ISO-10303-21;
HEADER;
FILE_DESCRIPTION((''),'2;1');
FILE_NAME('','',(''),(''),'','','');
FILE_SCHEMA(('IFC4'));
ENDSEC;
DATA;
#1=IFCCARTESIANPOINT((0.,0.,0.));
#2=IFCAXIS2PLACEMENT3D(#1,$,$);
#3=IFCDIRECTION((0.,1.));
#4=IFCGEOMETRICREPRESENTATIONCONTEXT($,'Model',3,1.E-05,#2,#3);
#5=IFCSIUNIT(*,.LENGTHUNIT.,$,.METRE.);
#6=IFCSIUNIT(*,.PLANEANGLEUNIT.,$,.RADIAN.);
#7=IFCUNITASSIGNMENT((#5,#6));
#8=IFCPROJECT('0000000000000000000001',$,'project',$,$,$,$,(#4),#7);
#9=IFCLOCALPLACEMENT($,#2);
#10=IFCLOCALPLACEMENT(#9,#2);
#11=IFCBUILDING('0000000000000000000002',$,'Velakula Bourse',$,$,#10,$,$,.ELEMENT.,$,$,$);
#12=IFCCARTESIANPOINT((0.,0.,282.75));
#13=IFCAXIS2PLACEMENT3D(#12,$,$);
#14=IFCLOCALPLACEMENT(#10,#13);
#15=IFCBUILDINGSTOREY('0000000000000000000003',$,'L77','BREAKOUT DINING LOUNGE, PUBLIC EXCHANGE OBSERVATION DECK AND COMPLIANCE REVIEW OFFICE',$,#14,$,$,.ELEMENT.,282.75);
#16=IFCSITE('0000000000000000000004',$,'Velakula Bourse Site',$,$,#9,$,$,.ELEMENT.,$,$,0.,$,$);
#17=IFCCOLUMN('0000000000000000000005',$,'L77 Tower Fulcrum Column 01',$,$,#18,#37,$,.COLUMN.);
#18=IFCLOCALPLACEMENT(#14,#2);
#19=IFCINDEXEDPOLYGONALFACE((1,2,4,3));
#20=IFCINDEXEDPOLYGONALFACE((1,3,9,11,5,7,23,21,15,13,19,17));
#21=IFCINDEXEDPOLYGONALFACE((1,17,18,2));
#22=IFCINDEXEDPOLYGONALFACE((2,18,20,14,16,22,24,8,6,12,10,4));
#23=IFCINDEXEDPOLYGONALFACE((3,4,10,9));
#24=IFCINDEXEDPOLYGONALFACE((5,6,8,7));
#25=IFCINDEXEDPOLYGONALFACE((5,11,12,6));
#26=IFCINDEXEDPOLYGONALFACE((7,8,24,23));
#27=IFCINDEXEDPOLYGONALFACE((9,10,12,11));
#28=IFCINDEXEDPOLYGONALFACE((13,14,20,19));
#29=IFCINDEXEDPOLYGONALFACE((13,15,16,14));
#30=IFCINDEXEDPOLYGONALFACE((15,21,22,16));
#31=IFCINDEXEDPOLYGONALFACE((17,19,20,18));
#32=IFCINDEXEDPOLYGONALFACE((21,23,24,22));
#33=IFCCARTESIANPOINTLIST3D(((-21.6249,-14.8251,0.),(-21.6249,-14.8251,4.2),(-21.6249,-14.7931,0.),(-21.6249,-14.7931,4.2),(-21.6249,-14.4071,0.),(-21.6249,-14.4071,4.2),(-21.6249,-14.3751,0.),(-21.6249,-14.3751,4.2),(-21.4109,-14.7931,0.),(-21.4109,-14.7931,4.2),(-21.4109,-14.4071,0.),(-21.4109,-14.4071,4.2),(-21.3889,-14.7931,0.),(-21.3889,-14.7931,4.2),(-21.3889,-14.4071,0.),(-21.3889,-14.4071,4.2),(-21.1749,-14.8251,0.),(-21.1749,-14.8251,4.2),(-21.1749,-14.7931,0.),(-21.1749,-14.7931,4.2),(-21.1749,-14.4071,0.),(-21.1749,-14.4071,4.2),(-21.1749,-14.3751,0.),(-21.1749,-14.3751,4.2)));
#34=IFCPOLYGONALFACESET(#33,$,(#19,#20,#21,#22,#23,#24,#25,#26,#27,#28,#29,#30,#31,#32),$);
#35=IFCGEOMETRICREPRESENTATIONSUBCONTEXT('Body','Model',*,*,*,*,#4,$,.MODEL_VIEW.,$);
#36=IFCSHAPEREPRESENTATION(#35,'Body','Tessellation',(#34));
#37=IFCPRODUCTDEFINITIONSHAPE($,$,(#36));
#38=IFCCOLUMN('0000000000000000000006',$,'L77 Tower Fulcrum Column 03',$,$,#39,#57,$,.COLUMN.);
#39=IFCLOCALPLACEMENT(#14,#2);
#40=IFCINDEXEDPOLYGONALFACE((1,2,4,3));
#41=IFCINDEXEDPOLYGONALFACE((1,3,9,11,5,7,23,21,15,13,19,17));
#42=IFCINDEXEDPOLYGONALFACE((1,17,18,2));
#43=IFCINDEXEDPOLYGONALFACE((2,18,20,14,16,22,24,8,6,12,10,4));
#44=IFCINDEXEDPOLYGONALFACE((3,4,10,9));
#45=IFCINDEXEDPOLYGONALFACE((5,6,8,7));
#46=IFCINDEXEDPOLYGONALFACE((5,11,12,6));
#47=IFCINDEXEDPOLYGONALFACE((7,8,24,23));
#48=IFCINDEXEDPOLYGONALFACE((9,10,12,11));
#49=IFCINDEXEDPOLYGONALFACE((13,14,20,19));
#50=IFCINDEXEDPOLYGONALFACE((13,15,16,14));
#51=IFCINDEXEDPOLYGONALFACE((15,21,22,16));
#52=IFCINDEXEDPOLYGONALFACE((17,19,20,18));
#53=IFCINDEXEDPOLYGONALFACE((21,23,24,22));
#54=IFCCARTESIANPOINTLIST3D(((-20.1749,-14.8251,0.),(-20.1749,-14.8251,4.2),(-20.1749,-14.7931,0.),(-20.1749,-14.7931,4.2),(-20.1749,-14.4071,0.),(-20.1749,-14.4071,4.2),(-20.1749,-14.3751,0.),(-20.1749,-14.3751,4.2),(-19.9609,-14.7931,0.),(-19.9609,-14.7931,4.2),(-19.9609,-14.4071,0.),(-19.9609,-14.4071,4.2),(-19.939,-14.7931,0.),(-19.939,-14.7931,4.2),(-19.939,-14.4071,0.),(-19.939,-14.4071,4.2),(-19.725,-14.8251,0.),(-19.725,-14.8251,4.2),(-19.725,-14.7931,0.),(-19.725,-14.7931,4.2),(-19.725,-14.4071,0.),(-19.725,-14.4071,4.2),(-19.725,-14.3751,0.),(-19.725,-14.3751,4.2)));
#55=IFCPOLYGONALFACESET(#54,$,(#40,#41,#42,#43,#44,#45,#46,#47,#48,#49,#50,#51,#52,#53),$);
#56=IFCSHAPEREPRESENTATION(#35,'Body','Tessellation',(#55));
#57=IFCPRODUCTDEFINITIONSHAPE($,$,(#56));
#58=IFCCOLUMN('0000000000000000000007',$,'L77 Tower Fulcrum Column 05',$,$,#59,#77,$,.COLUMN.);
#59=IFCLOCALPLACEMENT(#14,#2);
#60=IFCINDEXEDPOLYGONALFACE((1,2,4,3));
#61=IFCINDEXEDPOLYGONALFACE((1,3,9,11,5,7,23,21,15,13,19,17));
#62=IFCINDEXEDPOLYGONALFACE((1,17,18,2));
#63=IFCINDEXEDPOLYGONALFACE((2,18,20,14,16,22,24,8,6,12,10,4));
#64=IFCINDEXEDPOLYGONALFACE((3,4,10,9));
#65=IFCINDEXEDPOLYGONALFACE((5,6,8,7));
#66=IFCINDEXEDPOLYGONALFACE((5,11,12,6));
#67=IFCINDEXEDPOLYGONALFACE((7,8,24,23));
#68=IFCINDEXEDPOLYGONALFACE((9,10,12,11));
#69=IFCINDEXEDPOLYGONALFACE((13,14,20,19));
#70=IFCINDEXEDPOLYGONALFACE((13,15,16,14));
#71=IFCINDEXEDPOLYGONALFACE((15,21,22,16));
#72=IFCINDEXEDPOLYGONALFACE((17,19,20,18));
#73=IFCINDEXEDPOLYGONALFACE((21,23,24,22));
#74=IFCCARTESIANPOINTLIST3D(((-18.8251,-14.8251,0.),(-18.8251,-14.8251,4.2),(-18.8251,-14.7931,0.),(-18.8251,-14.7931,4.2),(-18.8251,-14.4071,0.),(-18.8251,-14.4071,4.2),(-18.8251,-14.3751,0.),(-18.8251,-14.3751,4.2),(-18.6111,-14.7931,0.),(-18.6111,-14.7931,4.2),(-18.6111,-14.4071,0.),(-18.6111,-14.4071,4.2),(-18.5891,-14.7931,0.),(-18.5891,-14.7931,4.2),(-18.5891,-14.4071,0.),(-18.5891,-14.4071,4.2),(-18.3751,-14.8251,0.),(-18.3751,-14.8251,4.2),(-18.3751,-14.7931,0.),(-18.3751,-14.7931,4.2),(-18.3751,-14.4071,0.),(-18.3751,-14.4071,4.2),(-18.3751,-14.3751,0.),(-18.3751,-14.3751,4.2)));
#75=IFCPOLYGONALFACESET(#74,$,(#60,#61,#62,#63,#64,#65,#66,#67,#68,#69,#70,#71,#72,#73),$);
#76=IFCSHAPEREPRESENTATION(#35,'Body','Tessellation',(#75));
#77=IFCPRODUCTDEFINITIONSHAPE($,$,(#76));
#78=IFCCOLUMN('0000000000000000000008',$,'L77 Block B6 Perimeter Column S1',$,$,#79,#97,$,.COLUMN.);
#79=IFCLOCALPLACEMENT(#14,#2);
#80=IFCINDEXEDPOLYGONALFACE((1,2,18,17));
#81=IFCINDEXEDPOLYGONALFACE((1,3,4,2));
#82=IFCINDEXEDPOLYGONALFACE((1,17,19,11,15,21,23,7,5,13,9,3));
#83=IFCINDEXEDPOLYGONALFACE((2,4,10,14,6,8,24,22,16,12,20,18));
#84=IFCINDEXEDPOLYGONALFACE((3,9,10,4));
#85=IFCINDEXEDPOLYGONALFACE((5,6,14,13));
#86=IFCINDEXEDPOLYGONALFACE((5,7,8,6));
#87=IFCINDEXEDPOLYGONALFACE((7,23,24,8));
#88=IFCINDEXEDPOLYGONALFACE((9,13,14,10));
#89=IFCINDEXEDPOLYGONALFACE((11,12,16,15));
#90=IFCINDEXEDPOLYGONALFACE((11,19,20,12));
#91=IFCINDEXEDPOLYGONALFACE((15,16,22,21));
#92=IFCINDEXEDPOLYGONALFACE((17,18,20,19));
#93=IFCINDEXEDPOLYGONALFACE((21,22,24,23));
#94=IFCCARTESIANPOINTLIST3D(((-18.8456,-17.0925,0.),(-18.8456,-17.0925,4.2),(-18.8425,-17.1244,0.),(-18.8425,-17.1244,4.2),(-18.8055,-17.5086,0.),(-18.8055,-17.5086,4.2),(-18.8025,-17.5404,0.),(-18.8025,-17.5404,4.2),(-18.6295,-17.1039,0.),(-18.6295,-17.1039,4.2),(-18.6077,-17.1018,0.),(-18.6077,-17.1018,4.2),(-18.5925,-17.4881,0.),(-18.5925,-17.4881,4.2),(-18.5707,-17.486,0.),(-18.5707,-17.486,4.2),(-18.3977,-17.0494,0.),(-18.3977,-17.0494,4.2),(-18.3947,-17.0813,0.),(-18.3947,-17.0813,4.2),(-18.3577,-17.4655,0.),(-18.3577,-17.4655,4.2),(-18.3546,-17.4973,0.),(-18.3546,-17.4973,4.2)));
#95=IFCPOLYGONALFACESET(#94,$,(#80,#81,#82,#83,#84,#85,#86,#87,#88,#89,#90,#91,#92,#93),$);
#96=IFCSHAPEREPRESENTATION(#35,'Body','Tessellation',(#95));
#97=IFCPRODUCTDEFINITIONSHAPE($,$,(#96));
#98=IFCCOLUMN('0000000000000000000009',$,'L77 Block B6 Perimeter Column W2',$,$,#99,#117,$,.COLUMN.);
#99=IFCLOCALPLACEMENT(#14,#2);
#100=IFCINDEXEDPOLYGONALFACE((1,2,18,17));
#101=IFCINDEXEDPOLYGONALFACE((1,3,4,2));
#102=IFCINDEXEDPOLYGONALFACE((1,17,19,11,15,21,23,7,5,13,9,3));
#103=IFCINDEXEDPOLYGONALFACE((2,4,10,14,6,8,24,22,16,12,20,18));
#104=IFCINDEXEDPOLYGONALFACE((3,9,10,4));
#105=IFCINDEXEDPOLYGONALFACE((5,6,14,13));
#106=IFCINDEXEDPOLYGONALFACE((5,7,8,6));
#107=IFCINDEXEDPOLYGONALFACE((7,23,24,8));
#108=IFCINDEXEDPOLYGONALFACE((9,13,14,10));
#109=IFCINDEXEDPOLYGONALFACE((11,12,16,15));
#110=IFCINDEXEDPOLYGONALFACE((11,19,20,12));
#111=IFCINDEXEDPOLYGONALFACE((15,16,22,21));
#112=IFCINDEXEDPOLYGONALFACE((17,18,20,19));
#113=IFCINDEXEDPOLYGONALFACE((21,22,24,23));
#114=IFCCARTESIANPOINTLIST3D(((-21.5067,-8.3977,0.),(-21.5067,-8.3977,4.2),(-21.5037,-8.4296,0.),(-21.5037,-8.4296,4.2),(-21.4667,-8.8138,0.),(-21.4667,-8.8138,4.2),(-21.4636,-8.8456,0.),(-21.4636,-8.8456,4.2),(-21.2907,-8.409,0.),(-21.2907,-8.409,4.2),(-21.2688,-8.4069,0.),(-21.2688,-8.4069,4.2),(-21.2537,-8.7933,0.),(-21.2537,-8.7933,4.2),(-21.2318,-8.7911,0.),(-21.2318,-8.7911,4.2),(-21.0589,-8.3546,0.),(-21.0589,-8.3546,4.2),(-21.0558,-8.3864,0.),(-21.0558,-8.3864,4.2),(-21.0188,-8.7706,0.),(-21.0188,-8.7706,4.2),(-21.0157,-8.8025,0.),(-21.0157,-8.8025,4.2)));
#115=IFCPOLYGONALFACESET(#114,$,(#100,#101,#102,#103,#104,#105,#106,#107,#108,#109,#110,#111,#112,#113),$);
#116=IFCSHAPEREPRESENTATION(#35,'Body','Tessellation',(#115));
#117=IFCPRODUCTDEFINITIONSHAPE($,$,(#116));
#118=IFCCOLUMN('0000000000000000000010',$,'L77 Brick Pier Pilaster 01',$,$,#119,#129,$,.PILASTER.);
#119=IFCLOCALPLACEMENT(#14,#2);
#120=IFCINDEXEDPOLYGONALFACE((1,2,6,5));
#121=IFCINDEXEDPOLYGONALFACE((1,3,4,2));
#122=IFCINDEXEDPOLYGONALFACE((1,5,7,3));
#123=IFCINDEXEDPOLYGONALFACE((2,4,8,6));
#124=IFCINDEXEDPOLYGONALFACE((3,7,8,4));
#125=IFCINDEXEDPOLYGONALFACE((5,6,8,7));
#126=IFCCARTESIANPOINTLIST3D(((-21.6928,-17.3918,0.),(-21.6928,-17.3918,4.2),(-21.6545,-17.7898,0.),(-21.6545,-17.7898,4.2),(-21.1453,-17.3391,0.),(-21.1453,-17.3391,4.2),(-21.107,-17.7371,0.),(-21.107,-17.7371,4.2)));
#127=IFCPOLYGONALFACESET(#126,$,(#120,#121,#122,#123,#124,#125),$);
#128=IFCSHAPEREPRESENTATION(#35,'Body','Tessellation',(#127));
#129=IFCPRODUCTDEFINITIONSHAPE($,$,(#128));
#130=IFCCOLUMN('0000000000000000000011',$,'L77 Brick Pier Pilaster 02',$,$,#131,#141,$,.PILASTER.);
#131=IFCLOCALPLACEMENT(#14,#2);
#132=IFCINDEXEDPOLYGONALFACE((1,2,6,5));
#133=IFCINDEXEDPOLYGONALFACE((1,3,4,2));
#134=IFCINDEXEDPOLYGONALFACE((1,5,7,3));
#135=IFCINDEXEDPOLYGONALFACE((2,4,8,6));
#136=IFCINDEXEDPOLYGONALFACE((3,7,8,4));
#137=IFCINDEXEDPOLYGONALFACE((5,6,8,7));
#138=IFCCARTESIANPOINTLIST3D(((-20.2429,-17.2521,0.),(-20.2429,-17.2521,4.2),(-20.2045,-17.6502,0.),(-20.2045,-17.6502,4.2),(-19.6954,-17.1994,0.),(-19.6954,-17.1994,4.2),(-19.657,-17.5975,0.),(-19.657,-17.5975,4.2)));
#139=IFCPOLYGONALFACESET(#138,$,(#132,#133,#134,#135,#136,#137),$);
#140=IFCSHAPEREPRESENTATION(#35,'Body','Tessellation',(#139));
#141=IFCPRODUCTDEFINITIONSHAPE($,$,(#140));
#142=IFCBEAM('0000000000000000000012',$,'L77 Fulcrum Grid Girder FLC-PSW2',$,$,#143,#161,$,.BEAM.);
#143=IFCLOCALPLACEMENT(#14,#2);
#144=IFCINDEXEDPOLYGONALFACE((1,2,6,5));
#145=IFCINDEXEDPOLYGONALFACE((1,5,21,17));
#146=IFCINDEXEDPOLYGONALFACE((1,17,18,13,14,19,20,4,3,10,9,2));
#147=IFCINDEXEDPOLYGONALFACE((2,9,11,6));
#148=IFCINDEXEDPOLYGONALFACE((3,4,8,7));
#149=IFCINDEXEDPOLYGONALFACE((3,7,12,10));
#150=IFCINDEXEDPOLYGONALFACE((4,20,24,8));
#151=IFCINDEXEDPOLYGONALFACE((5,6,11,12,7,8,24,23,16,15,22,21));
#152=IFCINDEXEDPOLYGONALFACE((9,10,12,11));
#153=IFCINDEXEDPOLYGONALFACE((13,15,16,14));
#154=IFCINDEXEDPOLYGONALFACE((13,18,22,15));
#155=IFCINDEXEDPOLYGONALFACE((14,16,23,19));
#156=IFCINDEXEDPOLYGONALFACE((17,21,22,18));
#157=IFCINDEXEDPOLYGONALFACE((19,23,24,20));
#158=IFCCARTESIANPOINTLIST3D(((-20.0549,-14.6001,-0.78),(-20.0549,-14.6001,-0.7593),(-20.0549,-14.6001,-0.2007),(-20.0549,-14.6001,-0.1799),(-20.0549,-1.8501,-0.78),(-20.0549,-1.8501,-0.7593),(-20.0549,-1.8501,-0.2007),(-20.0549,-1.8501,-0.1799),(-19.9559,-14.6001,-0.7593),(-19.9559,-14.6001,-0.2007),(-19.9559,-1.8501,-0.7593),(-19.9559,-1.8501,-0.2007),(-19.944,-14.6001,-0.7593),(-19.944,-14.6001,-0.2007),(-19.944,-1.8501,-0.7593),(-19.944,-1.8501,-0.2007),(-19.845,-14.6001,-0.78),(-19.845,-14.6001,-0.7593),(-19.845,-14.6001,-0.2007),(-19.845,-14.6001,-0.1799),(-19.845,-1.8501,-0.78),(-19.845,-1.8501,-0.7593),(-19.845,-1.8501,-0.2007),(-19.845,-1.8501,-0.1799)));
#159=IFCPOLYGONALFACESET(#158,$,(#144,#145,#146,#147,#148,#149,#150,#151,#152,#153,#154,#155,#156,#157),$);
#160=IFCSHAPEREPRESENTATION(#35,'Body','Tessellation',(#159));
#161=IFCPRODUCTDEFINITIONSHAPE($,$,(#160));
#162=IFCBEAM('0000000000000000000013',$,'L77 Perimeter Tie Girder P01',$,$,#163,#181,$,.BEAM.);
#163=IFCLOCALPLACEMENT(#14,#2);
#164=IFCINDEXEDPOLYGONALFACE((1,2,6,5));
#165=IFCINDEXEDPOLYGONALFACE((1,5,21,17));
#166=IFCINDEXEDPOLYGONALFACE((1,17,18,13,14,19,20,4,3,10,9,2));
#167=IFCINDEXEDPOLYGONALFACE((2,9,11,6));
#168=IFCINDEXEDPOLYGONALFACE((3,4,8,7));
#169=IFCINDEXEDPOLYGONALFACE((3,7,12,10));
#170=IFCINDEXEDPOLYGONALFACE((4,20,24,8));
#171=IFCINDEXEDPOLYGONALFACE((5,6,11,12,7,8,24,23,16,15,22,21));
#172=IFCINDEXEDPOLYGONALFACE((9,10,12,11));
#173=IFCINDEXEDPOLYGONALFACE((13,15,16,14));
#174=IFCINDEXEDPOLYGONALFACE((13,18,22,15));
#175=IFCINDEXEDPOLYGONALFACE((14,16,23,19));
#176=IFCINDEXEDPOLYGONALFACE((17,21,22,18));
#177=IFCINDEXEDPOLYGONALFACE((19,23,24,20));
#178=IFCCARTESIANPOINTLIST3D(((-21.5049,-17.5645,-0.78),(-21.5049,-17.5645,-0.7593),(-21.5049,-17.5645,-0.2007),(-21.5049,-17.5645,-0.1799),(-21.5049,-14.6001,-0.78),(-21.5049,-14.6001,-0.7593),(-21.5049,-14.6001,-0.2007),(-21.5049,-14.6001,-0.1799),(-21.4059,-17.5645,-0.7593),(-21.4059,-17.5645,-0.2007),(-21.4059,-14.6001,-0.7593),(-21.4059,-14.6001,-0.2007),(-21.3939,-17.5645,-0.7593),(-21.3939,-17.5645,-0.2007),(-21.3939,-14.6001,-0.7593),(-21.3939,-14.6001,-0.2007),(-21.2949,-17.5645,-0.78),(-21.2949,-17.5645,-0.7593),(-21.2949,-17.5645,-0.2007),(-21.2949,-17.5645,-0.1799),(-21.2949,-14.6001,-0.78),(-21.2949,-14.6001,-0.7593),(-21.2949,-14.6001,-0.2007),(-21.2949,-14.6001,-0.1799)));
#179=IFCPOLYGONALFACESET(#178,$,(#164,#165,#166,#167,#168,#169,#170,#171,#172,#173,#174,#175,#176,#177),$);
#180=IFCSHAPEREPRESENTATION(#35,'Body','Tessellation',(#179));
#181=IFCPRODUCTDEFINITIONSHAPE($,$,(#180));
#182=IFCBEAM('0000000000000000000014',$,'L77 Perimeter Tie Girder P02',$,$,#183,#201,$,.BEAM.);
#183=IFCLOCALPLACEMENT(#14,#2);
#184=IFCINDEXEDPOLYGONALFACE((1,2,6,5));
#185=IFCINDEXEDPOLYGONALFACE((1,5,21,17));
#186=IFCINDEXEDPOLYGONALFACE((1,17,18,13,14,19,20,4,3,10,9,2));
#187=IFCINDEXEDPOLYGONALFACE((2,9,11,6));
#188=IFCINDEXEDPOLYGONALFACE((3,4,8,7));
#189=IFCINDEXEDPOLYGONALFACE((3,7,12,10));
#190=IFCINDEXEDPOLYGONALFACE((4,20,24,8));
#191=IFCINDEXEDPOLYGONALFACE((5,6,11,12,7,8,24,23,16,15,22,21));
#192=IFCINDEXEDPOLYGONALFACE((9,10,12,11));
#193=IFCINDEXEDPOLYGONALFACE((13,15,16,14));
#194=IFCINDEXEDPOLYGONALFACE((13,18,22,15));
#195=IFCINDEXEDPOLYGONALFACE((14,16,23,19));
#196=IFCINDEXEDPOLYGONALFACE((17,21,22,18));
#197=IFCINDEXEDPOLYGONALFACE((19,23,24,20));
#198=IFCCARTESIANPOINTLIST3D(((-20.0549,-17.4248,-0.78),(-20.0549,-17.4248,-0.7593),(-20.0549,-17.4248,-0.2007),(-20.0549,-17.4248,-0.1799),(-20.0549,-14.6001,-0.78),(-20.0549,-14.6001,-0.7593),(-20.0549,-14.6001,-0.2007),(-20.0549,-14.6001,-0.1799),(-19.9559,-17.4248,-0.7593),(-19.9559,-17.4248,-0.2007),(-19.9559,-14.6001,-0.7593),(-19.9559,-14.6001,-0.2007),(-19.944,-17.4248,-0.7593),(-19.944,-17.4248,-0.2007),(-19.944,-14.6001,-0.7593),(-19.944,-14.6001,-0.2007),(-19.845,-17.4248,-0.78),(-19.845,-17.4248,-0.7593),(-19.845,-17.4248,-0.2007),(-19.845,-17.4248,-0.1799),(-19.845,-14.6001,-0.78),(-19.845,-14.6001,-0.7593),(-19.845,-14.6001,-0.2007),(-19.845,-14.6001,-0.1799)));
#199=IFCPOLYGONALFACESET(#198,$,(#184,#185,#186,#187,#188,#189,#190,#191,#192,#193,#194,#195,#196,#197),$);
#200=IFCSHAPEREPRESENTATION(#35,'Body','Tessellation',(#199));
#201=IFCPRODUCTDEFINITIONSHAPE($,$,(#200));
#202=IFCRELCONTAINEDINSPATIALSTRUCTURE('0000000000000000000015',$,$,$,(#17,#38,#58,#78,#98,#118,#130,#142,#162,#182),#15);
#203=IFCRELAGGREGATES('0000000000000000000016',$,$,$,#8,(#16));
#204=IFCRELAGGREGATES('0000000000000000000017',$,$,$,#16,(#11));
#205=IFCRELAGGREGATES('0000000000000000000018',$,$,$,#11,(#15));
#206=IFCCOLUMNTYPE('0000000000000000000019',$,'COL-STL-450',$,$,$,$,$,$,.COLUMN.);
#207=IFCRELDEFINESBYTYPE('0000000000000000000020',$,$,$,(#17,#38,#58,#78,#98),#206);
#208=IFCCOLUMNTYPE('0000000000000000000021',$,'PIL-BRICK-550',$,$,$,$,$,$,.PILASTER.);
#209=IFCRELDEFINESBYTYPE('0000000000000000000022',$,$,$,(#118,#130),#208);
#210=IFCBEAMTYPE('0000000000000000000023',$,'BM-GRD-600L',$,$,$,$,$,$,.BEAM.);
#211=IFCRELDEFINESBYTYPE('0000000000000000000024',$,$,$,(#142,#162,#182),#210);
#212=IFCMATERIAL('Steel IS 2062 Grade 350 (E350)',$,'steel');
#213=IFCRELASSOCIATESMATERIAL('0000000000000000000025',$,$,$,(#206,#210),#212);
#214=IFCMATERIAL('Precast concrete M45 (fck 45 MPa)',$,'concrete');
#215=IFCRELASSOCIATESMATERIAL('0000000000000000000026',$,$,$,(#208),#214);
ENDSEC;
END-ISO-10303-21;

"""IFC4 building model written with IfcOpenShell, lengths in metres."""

from ifc_helpers import new_model, si_unit, direction, frame, origin, origin_2d, place, context, subcontext, project, spatial, rectangle, i_section, extrude, material, material_profile, profile_set, type_object, element, save


model = new_model("IFC4")

# Units and contexts
model_context = context("Model", 3, precision=1e-05, world=origin(), true_north=direction((0.0, 1.0)))
body_context = subcontext(model_context, "Body", "Model", "MODEL_VIEW")
ifc_project = project(units=[si_unit("LENGTHUNIT", "METRE"), si_unit("PLANEANGLEUNIT", "RADIAN")], contexts=[model_context])

# Site, building, storey
site_placement = place(None, origin())
site = spatial("IfcSite", under=ifc_project, at=site_placement, Name="Velakula Bourse Site", CompositionType="ELEMENT", RefElevation=0.0)
building_placement = place(site_placement, origin())
building = spatial("IfcBuilding", under=site, at=building_placement, Name="Velakula Bourse", CompositionType="ELEMENT")
storey_placement = place(building_placement, frame((0.0, 0.0, 282.75)))
storey = spatial("IfcBuildingStorey", under=building, at=storey_placement, Name="L77", Description="BREAKOUT DINING LOUNGE, PUBLIC EXCHANGE OBSERVATION DECK AND COMPLIANCE REVIEW OFFICE", CompositionType="ELEMENT", Elevation=282.75)

# Columns
ifc_material_1 = material(Name="Steel IS 2062 Grade 350 (E350)", Category="steel")
ifc_material_profile_1 = material_profile(ifc_material_1, i_section(OverallWidth=0.45, OverallDepth=0.45, WebThickness=0.022, FlangeThickness=0.032, at=origin_2d()), Name="Steel IS 2062 Grade 350 (E350)")
ifc_profile_set_1 = profile_set([ifc_material_profile_1], Name="Steel IS 2062 Grade 350 (E350)")
column_type_1 = type_object("IfcColumnType", Name="COL-STL-450", PredefinedType="COLUMN", material=ifc_profile_set_1)
for number, where, z_axis, x_axis, name in (
    (1, (-21.3999, -14.6001, 0.0), (0.0, 0.0, 1.0), (1.0, 0.0, 0.0), "L77 Tower Fulcrum Column 01"),
    (2, (-19.95, -14.6001, 0.0), (0.0, 0.0, 1.0), (1.0, 0.0, 0.0), "L77 Tower Fulcrum Column 03"),
    (3, (-18.6001, -14.6001, 0.0), (0.0, 0.0, 1.0), (1.0, 0.0, 0.0), "L77 Tower Fulcrum Column 05"),
    (4, (-18.6001, -17.2949, 0.0), (0.0, 0.0, 1.0), (0.995396, 0.095846, 0.0), "L77 Block B6 Perimeter Column S1"),
    (5, (-21.2612, -8.6001, 0.0), (0.0, 0.0, 1.0), (0.995396, 0.095846, 0.0), "L77 Block B6 Perimeter Column W2"),
):
    element("IfcColumn", number, at=place(storey_placement, frame(where, z_axis=z_axis, x_axis=x_axis)), inside=storey, type_object=column_type_1, Name=name, PredefinedType="COLUMN", context=body_context, shape_type="SweptSolid", body=[
        extrude(i_section(OverallWidth=0.45, OverallDepth=0.45, WebThickness=0.022, FlangeThickness=0.032, at=origin_2d()), origin(), (0.0, 0.0, 1.0), 4.2),
    ])
ifc_material_2 = material(Name="Precast concrete M45 (fck 45 MPa)", Category="concrete")
ifc_material_profile_2 = material_profile(ifc_material_2, rectangle(XDim=0.55, YDim=0.3999, at=origin_2d()), Name="Precast concrete M45 (fck 45 MPa)")
ifc_profile_set_2 = profile_set([ifc_material_profile_2], Name="Precast concrete M45 (fck 45 MPa)")
column_type_2 = type_object("IfcColumnType", Name="PIL-BRICK-550", PredefinedType="PILASTER", material=ifc_profile_set_2)
for number, where, z_axis, x_axis, name in (
    (6, (-21.3999, -17.5645, 0.0), (0.0, 0.0, 1.0), (0.995396, 0.095846, 0.0), "L77 Brick Pier Pilaster 01"),
    (7, (-19.95, -17.4248, 0.0), (0.0, 0.0, 1.0), (0.995396, 0.095846, 0.0), "L77 Brick Pier Pilaster 02"),
):
    element("IfcColumn", number, at=place(storey_placement, frame(where, z_axis=z_axis, x_axis=x_axis)), inside=storey, type_object=column_type_2, Name=name, PredefinedType="PILASTER", context=body_context, shape_type="SweptSolid", body=[
        extrude(rectangle(XDim=0.55, YDim=0.3999, at=origin_2d()), origin(), (0.0, 0.0, 1.0), 4.2),
    ])

# Beams
ifc_material_profile_3 = material_profile(ifc_material_1, i_section(OverallWidth=0.21, OverallDepth=0.6001, WebThickness=0.012, FlangeThickness=0.0208, at=origin_2d()), Name="Steel IS 2062 Grade 350 (E350)")
ifc_profile_set_3 = profile_set([ifc_material_profile_3], Name="Steel IS 2062 Grade 350 (E350)")
beam_type_1 = type_object("IfcBeamType", Name="BM-GRD-600L", PredefinedType="BEAM", material=ifc_profile_set_3)
beam_1_placement = place(storey_placement, frame((-19.95, -14.6001, -0.48), z_axis=(0.0, 1.0, 0.0), x_axis=(-1.0, 0.0, 0.0)))
element("IfcBeam", 8, at=beam_1_placement, inside=storey, type_object=beam_type_1, Name="L77 Fulcrum Grid Girder FLC-PSW2", PredefinedType="BEAM", context=body_context, shape_type="SweptSolid", body=[
    extrude(i_section(OverallWidth=0.21, OverallDepth=0.6001, WebThickness=0.012, FlangeThickness=0.0208, at=origin_2d()), origin(), (0.0, 0.0, 1.0), 12.75),
])
beam_2_placement = place(storey_placement, frame((-21.3999, -14.6001, -0.48), z_axis=(0.0, -1.0, 0.0), x_axis=(1.0, 0.0, 0.0)))
element("IfcBeam", 9, at=beam_2_placement, inside=storey, type_object=beam_type_1, Name="L77 Perimeter Tie Girder P01", PredefinedType="BEAM", context=body_context, shape_type="SweptSolid", body=[
    extrude(i_section(OverallWidth=0.21, OverallDepth=0.6001, WebThickness=0.012, FlangeThickness=0.0208, at=origin_2d()), origin(), (0.0, 0.0, 1.0), 2.9644),
])
beam_3_placement = place(storey_placement, frame((-19.95, -14.6001, -0.48), z_axis=(0.0, -1.0, 0.0), x_axis=(1.0, 0.0, 0.0)))
element("IfcBeam", 10, at=beam_3_placement, inside=storey, type_object=beam_type_1, Name="L77 Perimeter Tie Girder P02", PredefinedType="BEAM", context=body_context, shape_type="SweptSolid", body=[
    extrude(i_section(OverallWidth=0.21, OverallDepth=0.6001, WebThickness=0.012, FlangeThickness=0.0208, at=origin_2d()), origin(), (0.0, 0.0, 1.0), 2.8247),
])

save(model, "model.ifc")
